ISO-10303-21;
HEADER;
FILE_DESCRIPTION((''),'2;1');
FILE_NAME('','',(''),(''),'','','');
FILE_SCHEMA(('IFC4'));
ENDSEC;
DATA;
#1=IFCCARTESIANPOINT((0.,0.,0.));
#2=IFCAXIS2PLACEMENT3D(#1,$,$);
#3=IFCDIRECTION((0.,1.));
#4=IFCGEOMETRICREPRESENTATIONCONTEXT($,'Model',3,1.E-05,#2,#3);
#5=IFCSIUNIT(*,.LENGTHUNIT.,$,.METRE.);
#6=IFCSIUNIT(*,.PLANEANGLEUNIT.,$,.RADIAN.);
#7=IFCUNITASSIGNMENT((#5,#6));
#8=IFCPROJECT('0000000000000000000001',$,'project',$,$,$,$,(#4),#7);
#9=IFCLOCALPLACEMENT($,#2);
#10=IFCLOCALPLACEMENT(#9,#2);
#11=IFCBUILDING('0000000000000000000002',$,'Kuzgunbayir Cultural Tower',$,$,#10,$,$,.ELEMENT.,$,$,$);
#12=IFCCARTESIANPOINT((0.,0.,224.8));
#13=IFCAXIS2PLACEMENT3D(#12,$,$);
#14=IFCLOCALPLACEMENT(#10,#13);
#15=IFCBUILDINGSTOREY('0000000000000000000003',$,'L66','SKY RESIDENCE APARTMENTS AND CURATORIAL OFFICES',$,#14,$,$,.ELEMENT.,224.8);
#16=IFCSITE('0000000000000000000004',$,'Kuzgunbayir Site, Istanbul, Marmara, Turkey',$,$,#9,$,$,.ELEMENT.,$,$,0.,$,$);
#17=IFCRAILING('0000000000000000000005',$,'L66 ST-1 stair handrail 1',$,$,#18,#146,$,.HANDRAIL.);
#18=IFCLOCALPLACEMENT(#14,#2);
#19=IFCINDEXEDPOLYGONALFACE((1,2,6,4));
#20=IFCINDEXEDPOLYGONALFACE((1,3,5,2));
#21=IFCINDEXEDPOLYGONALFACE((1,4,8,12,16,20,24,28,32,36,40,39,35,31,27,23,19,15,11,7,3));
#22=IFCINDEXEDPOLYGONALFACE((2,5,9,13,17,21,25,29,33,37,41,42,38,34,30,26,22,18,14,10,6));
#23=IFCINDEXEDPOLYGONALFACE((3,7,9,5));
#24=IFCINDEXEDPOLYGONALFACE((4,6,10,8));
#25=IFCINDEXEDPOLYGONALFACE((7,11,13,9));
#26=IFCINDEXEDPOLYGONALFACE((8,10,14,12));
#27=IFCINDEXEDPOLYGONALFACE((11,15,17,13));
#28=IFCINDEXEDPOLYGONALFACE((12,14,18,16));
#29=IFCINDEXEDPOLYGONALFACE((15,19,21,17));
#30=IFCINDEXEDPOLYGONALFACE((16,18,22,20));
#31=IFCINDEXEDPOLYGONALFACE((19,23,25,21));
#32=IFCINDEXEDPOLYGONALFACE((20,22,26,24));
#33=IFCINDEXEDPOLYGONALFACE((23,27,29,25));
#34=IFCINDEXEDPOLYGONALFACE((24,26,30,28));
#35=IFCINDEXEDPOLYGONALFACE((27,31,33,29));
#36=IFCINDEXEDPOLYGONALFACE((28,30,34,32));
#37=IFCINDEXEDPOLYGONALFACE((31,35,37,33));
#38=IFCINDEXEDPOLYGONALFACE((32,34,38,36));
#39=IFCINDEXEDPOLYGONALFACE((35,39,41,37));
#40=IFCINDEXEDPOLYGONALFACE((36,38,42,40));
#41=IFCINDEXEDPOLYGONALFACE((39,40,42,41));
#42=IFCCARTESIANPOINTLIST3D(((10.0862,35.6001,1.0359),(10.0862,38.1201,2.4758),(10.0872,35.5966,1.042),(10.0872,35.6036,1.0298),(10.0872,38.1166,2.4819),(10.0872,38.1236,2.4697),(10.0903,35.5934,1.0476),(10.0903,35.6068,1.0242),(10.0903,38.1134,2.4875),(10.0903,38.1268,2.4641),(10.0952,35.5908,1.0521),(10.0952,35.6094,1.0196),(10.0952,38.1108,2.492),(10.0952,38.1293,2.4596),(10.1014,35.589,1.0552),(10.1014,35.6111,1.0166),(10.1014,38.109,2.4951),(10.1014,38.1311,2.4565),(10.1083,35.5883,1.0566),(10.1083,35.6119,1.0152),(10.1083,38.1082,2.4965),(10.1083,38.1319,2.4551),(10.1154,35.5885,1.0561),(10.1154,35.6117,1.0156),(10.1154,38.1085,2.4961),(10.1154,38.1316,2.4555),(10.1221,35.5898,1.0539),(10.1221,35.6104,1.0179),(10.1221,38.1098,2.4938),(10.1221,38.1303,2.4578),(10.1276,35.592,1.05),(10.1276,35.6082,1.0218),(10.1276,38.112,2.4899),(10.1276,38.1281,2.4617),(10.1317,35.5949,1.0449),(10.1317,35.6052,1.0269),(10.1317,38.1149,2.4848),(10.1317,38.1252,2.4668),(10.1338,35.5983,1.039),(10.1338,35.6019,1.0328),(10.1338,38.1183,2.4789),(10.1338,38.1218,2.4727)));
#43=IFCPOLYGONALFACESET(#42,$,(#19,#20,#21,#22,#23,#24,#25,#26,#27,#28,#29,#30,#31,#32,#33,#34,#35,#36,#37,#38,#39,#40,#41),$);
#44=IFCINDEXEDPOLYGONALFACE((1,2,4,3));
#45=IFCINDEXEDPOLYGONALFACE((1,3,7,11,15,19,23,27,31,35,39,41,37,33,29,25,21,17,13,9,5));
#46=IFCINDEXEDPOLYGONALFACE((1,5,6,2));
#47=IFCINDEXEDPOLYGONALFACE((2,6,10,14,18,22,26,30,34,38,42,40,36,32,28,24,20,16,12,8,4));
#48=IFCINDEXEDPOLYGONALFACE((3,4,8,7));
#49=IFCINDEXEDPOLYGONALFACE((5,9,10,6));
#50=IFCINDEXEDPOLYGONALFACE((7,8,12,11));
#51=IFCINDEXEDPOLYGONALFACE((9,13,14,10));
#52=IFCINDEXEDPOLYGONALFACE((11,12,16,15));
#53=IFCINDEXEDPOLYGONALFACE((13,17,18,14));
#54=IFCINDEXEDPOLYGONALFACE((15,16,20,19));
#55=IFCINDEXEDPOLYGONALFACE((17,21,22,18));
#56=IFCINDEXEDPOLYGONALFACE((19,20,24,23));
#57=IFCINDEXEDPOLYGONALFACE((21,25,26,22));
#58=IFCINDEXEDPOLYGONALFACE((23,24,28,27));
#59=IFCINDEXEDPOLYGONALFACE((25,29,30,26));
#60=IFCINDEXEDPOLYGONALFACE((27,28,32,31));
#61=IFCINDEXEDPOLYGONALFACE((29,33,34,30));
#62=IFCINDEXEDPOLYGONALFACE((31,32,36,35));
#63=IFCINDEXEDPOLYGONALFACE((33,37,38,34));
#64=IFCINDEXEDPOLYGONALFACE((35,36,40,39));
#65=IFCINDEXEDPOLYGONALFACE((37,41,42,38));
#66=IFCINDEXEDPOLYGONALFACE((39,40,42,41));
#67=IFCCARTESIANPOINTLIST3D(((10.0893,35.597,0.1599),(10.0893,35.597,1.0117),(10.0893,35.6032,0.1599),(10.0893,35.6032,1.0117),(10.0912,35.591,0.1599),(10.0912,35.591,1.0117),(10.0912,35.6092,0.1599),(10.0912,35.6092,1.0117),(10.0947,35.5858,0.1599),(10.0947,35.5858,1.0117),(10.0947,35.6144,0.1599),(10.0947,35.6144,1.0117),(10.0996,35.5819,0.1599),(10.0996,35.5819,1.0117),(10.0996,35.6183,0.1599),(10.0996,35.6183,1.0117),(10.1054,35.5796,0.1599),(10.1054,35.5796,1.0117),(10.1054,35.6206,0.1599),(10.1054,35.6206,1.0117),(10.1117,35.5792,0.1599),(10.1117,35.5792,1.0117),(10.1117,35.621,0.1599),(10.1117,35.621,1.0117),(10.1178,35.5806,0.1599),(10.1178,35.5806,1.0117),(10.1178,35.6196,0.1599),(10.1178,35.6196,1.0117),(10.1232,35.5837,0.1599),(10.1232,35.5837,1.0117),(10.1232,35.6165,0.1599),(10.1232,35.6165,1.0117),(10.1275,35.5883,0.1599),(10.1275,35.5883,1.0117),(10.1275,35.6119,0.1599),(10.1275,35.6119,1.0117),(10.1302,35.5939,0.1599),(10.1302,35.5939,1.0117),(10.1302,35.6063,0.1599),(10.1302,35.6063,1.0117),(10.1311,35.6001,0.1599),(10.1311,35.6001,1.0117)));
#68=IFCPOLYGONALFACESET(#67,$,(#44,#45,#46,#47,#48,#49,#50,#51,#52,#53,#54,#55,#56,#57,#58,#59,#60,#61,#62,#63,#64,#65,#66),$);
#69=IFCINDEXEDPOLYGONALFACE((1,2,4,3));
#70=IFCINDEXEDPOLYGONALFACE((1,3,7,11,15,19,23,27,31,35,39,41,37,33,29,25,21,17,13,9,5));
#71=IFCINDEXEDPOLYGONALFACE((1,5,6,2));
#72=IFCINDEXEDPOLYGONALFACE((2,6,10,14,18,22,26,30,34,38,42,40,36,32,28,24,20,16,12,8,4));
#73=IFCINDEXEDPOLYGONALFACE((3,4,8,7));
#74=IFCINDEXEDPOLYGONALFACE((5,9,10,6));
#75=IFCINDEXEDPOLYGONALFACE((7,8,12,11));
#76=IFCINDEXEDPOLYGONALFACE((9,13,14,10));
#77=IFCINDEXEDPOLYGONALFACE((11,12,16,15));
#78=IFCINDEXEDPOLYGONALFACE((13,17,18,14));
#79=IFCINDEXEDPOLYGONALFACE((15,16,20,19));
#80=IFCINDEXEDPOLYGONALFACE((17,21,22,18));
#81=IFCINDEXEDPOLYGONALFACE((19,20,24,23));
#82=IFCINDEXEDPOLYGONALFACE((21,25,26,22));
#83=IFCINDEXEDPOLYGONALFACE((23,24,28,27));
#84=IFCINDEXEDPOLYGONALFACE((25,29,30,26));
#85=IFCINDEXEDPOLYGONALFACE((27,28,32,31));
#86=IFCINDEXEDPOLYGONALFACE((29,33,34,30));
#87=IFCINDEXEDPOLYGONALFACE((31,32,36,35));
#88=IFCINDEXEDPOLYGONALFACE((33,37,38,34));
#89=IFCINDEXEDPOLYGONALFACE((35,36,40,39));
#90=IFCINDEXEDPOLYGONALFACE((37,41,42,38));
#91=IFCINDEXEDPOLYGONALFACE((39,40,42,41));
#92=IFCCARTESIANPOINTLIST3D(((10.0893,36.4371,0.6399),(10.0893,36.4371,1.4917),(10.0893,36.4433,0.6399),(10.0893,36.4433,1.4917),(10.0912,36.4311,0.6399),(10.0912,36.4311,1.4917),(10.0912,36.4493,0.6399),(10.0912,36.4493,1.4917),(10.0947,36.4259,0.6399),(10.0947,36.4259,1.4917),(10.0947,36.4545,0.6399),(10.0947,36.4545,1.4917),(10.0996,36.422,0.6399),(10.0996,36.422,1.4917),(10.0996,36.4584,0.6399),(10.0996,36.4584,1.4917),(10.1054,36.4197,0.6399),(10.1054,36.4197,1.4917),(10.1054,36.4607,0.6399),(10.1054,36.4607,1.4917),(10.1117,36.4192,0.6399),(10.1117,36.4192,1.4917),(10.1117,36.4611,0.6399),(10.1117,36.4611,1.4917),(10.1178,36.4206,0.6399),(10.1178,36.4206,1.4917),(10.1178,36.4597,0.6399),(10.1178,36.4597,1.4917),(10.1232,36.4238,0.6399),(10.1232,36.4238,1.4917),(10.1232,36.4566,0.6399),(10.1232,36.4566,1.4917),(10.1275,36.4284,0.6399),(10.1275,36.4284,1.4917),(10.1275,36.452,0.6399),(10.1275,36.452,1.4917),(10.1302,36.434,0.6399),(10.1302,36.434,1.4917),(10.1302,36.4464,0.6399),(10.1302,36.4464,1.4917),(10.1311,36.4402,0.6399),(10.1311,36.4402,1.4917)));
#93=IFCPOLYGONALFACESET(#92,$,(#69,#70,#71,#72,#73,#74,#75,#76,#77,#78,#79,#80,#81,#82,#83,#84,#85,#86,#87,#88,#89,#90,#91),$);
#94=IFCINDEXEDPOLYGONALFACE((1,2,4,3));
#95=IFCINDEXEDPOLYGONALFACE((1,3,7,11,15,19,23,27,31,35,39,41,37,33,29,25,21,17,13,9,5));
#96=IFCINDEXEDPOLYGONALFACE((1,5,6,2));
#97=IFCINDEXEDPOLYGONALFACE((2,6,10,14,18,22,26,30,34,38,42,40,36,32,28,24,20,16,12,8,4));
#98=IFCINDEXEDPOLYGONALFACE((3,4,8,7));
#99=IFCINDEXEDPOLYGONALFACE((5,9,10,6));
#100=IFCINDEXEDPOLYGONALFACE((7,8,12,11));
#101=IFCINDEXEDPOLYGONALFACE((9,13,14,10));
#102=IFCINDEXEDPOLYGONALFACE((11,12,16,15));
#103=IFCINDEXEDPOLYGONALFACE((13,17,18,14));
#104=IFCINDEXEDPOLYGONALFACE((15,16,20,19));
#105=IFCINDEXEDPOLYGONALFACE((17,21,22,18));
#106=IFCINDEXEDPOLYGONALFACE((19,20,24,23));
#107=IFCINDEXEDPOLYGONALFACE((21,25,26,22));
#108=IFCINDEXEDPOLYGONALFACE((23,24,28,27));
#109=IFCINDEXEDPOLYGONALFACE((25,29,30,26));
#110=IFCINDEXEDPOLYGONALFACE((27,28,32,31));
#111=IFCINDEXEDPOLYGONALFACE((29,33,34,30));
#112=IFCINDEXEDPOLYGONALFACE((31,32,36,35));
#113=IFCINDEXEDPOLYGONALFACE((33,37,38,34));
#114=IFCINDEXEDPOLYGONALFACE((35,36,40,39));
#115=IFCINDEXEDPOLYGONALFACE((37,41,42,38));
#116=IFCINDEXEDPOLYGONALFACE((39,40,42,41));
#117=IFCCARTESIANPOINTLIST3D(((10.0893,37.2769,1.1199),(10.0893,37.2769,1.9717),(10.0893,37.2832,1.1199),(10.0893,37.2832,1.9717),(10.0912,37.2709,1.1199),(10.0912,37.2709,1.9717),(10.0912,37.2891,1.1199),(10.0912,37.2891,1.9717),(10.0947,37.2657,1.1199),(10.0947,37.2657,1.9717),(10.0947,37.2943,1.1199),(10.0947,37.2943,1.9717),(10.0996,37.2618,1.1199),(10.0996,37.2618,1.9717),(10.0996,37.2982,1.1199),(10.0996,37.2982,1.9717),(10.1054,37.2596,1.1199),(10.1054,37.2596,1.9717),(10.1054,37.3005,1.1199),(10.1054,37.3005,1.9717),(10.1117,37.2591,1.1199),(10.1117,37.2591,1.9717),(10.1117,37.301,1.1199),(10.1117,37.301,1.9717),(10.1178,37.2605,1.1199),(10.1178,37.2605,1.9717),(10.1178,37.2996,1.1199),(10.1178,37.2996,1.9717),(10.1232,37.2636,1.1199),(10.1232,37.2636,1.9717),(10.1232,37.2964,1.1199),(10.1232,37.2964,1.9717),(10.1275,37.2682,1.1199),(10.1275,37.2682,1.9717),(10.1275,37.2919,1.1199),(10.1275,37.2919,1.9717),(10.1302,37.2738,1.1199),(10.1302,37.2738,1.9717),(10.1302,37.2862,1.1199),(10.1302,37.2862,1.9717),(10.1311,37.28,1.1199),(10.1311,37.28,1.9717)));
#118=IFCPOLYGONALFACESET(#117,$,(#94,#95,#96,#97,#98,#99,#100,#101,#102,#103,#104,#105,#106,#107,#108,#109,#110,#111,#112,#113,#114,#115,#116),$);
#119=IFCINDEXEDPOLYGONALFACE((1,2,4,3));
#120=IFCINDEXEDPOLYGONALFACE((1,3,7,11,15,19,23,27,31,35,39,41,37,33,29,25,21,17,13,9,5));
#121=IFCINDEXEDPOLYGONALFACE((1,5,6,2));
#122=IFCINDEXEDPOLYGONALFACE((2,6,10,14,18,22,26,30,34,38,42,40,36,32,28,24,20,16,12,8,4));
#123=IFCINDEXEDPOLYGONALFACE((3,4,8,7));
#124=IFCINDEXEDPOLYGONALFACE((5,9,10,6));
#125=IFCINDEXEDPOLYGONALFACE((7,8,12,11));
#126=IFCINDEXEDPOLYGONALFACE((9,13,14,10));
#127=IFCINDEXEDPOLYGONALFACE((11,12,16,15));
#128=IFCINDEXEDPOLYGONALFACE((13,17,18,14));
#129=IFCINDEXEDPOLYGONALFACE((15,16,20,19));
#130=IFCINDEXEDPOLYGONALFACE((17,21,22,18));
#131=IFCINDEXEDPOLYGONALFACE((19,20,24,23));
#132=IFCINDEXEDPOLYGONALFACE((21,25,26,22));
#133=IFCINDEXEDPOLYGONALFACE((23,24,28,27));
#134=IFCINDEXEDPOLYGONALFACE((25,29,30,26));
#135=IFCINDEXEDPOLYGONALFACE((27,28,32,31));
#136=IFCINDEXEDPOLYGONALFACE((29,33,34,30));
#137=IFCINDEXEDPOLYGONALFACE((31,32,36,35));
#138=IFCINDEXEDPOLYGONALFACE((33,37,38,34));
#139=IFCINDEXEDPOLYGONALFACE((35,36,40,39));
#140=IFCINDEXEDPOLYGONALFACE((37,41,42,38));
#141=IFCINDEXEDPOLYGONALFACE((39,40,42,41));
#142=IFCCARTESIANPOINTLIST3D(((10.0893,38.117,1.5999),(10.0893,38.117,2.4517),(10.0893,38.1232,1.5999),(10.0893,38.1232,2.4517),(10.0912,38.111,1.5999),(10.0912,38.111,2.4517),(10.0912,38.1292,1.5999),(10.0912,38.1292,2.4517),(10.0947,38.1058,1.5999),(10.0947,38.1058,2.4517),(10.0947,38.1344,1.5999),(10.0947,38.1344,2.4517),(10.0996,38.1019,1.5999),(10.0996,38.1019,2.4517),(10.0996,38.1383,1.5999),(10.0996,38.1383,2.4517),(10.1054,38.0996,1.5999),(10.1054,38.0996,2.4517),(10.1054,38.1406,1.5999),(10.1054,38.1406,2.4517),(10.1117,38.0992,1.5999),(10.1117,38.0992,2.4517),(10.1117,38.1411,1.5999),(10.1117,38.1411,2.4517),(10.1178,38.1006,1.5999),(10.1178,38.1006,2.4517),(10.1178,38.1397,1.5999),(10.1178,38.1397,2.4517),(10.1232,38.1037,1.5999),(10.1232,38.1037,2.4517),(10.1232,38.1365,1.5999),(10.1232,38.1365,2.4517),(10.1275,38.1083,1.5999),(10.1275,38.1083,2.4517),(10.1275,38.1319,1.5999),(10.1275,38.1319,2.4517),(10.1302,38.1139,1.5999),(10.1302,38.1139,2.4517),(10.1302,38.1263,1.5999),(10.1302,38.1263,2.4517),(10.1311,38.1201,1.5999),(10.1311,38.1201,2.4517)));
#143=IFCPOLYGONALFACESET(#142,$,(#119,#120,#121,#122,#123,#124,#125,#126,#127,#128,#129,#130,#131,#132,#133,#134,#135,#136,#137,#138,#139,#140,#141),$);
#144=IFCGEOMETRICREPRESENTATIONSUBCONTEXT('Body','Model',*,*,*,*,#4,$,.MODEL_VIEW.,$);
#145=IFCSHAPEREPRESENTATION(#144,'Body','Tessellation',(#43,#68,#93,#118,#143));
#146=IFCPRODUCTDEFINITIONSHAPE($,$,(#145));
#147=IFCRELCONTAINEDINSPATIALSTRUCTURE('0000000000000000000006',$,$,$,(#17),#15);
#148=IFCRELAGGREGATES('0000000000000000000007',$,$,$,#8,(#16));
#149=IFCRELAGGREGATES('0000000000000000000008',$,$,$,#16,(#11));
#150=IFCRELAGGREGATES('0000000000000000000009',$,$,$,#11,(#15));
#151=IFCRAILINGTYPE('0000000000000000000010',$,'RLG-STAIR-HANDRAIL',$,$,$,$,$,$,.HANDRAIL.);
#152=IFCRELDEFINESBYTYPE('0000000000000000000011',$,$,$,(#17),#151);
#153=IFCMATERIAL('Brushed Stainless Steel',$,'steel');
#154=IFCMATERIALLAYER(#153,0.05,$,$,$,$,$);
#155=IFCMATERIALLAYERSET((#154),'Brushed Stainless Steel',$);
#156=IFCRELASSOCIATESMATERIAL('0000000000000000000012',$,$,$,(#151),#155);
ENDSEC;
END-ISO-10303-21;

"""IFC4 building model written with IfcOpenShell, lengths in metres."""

from ifc_helpers import new_model, si_unit, direction, frame, origin, origin_2d, place, context, subcontext, project, spatial, circle, extrude, material, layer, layer_set, type_object, element, save


model = new_model("IFC4")

# Units and contexts
model_context = context("Model", 3, precision=1e-05, world=origin(), true_north=direction((0.0, 1.0)))
body_context = subcontext(model_context, "Body", "Model", "MODEL_VIEW")
ifc_project = project(units=[si_unit("LENGTHUNIT", "METRE"), si_unit("PLANEANGLEUNIT", "RADIAN")], contexts=[model_context])

# Site, building, storey
site_placement = place(None, origin())
site = spatial("IfcSite", under=ifc_project, at=site_placement, Name="Kuzgunbayir Site, Istanbul, Marmara, Turkey", CompositionType="ELEMENT", RefElevation=0.0)
building_placement = place(site_placement, origin())
building = spatial("IfcBuilding", under=site, at=building_placement, Name="Kuzgunbayir Cultural Tower", CompositionType="ELEMENT")
storey_placement = place(building_placement, frame((0.0, 0.0, 224.8)))
storey = spatial("IfcBuildingStorey", under=building, at=storey_placement, Name="L66", Description="SKY RESIDENCE APARTMENTS AND CURATORIAL OFFICES", CompositionType="ELEMENT", Elevation=224.8)

# Shared definitions
ifc_material_1 = material(Name="Brushed Stainless Steel", Category="steel")

# Railing
ifc_layer_1 = layer(ifc_material_1, 0.05)
ifc_layer_set_1 = layer_set([ifc_layer_1], Name="Brushed Stainless Steel")
railing_type_1 = type_object("IfcRailingType", Name="RLG-STAIR-HANDRAIL", PredefinedType="HANDRAIL", material=ifc_layer_set_1)
railing_1_placement = place(storey_placement, frame((10.1101, 35.6001, 0.1599)))
element("IfcRailing", 1, at=railing_1_placement, inside=storey, type_object=railing_type_1, Name="L66 ST-1 stair handrail 1", PredefinedType="HANDRAIL", context=body_context, shape_type="SweptSolid", body=[
    extrude(circle(Radius=0.0239, at=origin_2d()), frame((0.0, 0.0, 0.876), z_axis=(0.0, 0.868253, 0.496121), x_axis=(-1.0, 0.0, 0.0)), (0.0, 0.0, 1.0), 2.9023),
    extrude(circle(Radius=0.021, at=origin_2d()), origin(), (0.0, 0.0, 1.0), 0.8518),
    extrude(circle(Radius=0.021, at=origin_2d()), frame((0.0, 0.8401, 0.48)), (0.0, 0.0, 1.0), 0.8518),
    extrude(circle(Radius=0.021, at=origin_2d()), frame((0.0, 1.6799, 0.96)), (0.0, 0.0, 1.0), 0.8518),
    extrude(circle(Radius=0.021, at=origin_2d()), frame((0.0, 2.52, 1.4399)), (0.0, 0.0, 1.0), 0.8518),
])

save(model, "model.ifc")
